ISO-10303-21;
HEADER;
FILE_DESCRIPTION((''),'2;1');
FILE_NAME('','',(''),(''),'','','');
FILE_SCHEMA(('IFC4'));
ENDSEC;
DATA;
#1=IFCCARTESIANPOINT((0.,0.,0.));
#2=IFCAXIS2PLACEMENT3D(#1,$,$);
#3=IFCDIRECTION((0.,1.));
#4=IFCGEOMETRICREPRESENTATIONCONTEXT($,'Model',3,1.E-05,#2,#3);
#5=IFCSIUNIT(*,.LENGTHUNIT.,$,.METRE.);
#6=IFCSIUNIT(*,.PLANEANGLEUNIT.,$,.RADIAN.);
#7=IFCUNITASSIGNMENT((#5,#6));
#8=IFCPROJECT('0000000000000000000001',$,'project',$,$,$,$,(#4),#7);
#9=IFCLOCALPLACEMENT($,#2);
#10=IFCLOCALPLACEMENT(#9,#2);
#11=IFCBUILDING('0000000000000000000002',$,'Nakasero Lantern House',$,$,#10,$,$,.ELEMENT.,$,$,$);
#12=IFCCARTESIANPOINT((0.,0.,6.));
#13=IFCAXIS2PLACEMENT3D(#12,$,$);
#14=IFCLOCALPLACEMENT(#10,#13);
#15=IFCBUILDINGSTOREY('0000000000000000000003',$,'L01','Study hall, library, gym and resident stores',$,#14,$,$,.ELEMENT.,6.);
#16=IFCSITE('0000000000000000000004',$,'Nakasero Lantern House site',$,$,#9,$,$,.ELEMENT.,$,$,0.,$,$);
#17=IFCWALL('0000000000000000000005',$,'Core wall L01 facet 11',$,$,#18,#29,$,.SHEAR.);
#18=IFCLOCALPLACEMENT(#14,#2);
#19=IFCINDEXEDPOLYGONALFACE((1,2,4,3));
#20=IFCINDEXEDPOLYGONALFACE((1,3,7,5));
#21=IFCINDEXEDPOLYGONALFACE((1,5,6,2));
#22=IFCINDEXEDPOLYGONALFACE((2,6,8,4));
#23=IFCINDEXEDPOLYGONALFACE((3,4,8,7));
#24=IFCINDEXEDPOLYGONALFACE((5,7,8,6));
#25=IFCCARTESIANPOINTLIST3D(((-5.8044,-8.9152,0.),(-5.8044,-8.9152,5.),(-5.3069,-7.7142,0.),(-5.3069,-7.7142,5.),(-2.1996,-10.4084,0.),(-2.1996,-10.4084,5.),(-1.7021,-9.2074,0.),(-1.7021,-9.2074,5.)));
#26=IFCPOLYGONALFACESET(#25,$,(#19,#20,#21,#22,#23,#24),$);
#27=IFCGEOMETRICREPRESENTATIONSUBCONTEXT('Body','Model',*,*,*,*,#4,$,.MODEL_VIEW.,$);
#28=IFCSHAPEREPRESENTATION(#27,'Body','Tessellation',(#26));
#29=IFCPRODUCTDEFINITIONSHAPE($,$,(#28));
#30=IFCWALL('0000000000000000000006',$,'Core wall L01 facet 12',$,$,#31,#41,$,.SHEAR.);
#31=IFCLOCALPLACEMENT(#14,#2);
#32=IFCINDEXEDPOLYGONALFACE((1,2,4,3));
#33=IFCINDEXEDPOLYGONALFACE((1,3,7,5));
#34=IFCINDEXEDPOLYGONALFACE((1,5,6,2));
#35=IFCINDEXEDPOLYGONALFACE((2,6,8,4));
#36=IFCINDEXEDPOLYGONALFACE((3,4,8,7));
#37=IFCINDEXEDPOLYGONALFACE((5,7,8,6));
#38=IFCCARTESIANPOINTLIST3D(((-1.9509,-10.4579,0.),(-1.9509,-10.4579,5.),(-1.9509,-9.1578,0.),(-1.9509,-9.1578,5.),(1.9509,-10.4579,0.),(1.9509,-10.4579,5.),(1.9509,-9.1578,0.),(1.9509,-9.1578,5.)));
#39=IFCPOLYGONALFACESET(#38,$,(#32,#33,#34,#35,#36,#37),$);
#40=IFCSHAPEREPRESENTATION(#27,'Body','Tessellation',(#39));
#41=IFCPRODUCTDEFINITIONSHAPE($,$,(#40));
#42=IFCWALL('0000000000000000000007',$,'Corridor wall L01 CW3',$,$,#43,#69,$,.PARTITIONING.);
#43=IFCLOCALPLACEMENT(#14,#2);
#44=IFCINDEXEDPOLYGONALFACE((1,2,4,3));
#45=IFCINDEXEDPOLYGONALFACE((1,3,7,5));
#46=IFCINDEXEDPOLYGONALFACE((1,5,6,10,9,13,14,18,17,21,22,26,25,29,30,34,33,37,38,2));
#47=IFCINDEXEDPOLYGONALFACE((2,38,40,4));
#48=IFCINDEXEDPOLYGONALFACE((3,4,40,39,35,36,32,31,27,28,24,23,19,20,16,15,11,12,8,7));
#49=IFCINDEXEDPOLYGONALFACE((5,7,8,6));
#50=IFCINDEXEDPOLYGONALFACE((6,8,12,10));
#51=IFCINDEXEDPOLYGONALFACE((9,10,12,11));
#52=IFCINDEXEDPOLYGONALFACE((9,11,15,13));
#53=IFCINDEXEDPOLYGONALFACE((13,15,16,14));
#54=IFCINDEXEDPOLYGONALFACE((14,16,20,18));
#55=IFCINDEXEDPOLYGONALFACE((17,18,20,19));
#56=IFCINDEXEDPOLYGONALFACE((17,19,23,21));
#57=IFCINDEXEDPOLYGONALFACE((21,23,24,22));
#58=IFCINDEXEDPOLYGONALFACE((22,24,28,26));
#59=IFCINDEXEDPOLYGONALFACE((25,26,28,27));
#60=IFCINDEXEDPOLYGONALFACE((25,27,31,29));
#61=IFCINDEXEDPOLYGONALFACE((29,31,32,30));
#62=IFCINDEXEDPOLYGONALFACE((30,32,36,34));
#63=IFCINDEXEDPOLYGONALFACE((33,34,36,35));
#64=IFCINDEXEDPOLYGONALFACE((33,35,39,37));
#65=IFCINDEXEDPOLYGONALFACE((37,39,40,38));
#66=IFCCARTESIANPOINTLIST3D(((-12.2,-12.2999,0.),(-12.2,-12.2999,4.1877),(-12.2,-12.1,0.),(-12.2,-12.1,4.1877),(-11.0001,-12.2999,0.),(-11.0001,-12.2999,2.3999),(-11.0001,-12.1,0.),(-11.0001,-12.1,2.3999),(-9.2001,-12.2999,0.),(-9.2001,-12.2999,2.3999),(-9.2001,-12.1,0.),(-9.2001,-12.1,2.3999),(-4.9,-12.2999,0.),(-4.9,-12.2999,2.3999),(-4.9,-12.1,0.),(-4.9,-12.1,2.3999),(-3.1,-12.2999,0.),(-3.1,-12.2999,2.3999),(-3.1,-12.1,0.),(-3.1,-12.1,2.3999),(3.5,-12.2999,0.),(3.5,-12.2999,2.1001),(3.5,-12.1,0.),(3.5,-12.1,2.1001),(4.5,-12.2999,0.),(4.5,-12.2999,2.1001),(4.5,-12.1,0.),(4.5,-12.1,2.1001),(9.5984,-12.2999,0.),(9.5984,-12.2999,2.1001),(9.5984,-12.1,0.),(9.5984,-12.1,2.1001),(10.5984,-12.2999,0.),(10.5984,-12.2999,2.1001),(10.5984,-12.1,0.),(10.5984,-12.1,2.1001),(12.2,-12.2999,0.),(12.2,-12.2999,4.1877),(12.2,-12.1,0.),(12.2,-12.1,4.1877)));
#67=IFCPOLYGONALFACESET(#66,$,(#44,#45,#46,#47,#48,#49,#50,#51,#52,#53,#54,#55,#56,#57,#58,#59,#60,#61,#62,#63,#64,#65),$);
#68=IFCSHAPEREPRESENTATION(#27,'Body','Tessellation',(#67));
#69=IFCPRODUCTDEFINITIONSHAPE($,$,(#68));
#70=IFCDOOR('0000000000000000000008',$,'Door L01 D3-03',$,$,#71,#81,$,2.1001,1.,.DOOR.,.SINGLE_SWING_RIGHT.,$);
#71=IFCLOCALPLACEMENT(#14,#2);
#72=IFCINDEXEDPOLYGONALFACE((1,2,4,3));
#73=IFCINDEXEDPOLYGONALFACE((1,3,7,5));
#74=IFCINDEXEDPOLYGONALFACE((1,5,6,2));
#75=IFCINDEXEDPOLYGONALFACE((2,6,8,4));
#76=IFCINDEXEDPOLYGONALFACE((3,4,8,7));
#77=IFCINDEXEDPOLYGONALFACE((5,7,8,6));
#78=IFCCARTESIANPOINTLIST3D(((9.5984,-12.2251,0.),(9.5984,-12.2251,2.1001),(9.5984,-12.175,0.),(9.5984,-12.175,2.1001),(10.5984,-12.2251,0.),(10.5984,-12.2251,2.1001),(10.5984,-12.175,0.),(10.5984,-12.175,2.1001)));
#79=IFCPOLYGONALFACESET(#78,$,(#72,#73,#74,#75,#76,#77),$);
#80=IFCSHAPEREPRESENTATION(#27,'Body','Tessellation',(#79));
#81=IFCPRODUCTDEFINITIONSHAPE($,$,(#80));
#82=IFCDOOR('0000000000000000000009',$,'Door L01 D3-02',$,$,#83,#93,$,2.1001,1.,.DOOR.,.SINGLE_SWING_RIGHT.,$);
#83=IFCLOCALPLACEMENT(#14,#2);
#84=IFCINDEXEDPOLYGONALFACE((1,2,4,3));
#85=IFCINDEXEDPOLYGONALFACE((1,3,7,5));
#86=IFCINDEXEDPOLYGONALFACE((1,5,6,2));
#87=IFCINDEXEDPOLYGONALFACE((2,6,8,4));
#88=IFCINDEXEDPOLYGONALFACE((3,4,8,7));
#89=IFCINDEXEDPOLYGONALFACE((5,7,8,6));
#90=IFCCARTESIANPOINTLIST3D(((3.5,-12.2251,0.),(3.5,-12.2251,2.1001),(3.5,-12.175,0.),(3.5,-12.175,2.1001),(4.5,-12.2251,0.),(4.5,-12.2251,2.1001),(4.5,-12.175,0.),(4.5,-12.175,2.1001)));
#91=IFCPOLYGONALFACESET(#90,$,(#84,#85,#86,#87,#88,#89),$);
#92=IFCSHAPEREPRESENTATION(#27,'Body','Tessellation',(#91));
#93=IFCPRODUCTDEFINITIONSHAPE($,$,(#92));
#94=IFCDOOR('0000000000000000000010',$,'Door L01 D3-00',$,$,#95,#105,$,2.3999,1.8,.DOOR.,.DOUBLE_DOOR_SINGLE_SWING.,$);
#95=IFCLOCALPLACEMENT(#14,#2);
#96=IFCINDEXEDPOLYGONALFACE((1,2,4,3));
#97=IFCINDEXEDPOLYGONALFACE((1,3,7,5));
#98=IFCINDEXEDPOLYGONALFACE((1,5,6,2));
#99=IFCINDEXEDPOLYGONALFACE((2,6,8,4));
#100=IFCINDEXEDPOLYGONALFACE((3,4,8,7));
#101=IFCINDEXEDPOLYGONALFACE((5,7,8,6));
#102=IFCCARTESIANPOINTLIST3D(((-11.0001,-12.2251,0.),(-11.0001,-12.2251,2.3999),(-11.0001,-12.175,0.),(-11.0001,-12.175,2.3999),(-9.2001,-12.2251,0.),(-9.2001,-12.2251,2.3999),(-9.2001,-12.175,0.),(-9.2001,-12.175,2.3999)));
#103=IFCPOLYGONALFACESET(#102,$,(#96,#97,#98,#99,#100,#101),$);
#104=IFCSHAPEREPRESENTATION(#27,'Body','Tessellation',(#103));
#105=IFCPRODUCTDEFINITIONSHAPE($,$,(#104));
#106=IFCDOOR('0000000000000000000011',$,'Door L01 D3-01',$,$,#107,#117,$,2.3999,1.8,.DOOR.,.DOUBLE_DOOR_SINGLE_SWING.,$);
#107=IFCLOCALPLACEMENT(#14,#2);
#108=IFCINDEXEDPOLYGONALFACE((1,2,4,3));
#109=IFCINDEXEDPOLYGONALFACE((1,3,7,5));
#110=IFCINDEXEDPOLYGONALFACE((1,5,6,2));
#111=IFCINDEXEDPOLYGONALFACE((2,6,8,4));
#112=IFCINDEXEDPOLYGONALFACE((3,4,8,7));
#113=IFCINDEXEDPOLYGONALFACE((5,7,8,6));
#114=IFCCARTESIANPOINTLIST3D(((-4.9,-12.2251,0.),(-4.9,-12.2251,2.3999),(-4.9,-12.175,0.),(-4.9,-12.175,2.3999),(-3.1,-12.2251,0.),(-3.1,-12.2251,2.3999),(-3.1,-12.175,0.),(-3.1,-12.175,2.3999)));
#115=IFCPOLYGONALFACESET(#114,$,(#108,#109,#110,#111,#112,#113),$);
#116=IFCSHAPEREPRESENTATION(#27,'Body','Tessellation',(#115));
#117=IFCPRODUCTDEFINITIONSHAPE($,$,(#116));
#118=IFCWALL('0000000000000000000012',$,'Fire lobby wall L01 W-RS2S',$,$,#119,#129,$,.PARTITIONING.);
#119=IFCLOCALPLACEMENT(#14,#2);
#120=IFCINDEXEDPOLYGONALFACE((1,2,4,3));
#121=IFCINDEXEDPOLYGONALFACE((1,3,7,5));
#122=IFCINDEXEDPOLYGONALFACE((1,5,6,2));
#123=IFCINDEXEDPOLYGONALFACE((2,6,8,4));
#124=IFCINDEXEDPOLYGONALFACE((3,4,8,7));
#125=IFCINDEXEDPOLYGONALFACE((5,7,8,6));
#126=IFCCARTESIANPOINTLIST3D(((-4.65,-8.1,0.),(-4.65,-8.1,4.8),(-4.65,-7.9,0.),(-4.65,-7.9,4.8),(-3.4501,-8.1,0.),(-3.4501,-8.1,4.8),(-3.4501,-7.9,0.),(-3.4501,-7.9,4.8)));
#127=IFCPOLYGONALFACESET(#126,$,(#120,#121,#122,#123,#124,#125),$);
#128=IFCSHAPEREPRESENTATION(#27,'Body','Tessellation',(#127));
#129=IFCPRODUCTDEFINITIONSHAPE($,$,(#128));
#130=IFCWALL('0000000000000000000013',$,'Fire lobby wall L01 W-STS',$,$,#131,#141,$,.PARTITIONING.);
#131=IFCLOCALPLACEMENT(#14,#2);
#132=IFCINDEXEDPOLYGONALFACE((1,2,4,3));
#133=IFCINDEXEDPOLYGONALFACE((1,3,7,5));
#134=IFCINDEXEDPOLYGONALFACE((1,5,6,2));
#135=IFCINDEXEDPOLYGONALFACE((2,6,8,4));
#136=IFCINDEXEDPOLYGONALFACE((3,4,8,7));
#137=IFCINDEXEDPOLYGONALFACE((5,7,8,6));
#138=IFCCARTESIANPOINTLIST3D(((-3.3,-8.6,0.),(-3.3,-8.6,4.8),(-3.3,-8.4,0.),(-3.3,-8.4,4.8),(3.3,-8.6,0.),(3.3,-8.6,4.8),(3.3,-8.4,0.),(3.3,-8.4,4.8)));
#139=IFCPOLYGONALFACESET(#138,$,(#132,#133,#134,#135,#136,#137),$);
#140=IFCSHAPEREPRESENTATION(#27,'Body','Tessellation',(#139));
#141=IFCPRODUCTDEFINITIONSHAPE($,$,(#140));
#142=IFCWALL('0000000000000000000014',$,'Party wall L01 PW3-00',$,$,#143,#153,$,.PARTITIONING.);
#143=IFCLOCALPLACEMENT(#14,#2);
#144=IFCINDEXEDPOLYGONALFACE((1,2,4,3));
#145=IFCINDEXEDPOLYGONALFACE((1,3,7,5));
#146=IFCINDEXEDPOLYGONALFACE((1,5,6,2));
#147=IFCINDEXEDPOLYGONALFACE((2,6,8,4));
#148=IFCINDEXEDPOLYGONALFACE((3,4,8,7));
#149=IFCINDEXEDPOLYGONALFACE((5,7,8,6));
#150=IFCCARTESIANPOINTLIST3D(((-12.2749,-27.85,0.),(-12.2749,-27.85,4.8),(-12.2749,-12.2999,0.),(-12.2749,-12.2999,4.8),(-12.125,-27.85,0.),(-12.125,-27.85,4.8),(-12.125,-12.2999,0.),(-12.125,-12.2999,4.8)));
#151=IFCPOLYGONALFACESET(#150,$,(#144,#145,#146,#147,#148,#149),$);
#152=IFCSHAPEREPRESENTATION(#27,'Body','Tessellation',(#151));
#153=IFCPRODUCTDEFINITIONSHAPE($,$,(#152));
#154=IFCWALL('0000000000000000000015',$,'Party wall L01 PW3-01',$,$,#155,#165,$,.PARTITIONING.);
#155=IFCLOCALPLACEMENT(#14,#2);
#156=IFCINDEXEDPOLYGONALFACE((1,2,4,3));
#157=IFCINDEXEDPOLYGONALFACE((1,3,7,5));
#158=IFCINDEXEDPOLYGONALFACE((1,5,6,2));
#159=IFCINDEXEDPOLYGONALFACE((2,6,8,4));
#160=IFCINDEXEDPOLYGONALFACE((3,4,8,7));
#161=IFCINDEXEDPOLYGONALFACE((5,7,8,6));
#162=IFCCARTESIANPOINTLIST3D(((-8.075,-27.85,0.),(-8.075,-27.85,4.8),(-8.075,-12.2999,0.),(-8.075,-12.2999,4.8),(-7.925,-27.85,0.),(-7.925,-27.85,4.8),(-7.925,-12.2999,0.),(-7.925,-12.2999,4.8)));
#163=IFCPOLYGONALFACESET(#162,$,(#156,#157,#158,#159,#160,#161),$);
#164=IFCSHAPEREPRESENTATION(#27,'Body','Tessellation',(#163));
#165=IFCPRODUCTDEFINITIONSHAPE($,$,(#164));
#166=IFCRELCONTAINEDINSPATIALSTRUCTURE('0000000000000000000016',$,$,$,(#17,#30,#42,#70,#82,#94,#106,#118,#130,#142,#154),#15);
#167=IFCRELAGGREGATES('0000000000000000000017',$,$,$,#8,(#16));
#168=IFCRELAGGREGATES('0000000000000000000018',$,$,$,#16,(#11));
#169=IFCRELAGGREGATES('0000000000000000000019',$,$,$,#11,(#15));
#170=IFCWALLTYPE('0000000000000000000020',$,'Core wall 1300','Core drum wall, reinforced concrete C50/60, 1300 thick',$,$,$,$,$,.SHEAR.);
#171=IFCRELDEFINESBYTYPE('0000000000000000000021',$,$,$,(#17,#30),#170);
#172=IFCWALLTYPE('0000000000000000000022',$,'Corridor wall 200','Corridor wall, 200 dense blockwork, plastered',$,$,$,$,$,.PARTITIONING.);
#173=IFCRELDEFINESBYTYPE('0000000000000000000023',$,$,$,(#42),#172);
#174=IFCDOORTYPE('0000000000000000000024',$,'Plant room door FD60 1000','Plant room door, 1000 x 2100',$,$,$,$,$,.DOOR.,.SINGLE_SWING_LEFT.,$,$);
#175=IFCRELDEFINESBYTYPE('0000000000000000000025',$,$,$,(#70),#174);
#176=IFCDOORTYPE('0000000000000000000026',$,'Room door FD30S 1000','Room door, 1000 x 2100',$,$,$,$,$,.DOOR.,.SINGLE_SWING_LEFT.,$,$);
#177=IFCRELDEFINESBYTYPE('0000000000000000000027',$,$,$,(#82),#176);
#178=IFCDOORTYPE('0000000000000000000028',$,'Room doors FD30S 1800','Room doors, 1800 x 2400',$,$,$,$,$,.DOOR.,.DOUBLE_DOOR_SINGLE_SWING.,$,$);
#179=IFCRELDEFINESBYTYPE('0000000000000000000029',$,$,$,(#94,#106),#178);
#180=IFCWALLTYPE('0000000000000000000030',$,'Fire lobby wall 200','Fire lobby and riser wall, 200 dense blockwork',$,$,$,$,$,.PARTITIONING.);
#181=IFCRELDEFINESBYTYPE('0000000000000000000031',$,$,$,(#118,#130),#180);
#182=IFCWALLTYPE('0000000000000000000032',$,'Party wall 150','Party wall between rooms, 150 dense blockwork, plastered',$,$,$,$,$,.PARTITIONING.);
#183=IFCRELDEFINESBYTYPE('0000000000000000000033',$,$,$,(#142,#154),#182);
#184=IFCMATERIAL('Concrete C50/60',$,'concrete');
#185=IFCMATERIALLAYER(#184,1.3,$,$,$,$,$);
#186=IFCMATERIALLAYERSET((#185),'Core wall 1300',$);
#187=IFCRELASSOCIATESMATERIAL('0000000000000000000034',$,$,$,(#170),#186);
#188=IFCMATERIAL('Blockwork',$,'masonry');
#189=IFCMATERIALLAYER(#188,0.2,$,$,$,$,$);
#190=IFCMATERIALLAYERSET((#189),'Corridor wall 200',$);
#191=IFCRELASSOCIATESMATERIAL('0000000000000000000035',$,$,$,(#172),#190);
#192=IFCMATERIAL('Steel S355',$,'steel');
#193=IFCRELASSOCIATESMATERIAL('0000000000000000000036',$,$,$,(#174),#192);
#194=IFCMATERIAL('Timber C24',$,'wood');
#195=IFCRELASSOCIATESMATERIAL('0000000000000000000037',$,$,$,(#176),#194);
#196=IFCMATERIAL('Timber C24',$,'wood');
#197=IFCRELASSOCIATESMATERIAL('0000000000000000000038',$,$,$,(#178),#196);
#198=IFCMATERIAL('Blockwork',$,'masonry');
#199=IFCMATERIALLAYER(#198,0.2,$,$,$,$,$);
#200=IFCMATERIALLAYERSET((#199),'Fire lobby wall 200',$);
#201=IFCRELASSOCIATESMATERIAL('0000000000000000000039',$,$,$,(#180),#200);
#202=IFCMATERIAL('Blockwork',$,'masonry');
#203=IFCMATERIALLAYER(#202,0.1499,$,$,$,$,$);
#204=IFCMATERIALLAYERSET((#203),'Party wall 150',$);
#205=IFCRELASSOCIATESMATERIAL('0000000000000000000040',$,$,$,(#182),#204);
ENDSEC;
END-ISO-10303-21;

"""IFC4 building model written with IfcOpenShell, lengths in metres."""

from ifc_helpers import new_model, si_unit, direction, frame, frame_2d, origin, place, context, subcontext, project, spatial, rectangle, extrude, material, layer, layer_set, type_object, element, fill, save


model = new_model("IFC4")

# Units and contexts
model_context = context("Model", 3, precision=1e-05, world=origin(), true_north=direction((0.0, 1.0)))
body_context = subcontext(model_context, "Body", "Model", "MODEL_VIEW")
ifc_project = project(units=[si_unit("LENGTHUNIT", "METRE"), si_unit("PLANEANGLEUNIT", "RADIAN")], contexts=[model_context])

# Site, building, storey
site_placement = place(None, origin())
site = spatial("IfcSite", under=ifc_project, at=site_placement, Name="Nakasero Lantern House site", CompositionType="ELEMENT", RefElevation=0.0)
building_placement = place(site_placement, origin())
building = spatial("IfcBuilding", under=site, at=building_placement, Name="Nakasero Lantern House", CompositionType="ELEMENT")
storey_placement = place(building_placement, frame((0.0, 0.0, 6.0)))
storey = spatial("IfcBuildingStorey", under=building, at=storey_placement, Name="L01", Description="Study hall, library, gym and resident stores", CompositionType="ELEMENT", Elevation=6.0)

# Walls
ifc_material_1 = material(Name="Concrete C50/60", Category="concrete")
ifc_layer_1 = layer(ifc_material_1, 1.3)
ifc_layer_set_1 = layer_set([ifc_layer_1], Name="Core wall 1300")
wall_type_1 = type_object("IfcWallType", Name="Core wall 1300", Description="Core drum wall, reinforced concrete C50/60, 1300 thick", PredefinedType="SHEAR", material=ifc_layer_set_1)
for number, where, z_axis, x_axis, name in (
    (1, (-5.5557, -8.3147, 0.0), (0.0, 0.0, 1.0), (0.923877, -0.382691, 0.0), "Core wall L01 facet 11"),
    (2, (-1.9509, -9.8079, 0.0), (0.0, 0.0, 1.0), (1.0, 0.0, 0.0), "Core wall L01 facet 12"),
):
    element("IfcWall", number, at=place(storey_placement, frame(where, z_axis=z_axis, x_axis=x_axis)), inside=storey, type_object=wall_type_1, Name=name, PredefinedType="SHEAR", context=body_context, shape_type="SweptSolid", body=[
        extrude(rectangle(XDim=3.9019, YDim=1.3, at=frame_2d((1.9509, 0.0))), origin(), (0.0, 0.0, 1.0), 5.0),
    ])

# Wall, openings, doors
ifc_material_2 = material(Name="Blockwork", Category="masonry")
ifc_layer_2 = layer(ifc_material_2, 0.2)
ifc_layer_set_2 = layer_set([ifc_layer_2], Name="Corridor wall 200")
wall_type_2 = type_object("IfcWallType", Name="Corridor wall 200", Description="Corridor wall, 200 dense blockwork, plastered", PredefinedType="PARTITIONING", material=ifc_layer_set_2)
wall_1_placement = place(storey_placement, frame((-12.2, -12.2, 0.0), z_axis=(0.0, 0.0, 1.0), x_axis=(1.0, 0.0, 0.0)))
wall_1 = element("IfcWall", 3, at=wall_1_placement, inside=storey, type_object=wall_type_2, Name="Corridor wall L01 CW3", PredefinedType="PARTITIONING", context=body_context, shape_type="SweptSolid", body=[
    extrude(rectangle(XDim=24.3999, YDim=0.2, at=frame_2d((12.2, 0.0))), origin(), (0.0, 0.0, 1.0), 4.1877),
])
opening_1_placement = place(wall_1_placement, frame((1.2, 0.0, 0.0)))
opening_1 = element("IfcOpeningElement", 4, at=opening_1_placement, cuts=wall_1, PredefinedType="OPENING", context=body_context, shape_type="SweptSolid", body=[
    extrude(rectangle(XDim=1.8, YDim=2.3999, at=frame_2d((0.8999, 1.2))), frame((0.0, 0.1199, 0.0), z_axis=(0.0, -1.0, 0.0), x_axis=(1.0, 0.0, 0.0)), (0.0, 0.0, 1.0), 0.24),
])
opening_2_placement = place(wall_1_placement, frame((7.3, 0.0, 0.0)))
opening_2 = element("IfcOpeningElement", 5, at=opening_2_placement, cuts=wall_1, PredefinedType="OPENING", context=body_context, shape_type="SweptSolid", body=[
    extrude(rectangle(XDim=1.8, YDim=2.3999, at=frame_2d((0.8999, 1.2))), frame((0.0, 0.1199, 0.0), z_axis=(0.0, -1.0, 0.0), x_axis=(1.0, 0.0, 0.0)), (0.0, 0.0, 1.0), 0.24),
])
opening_3_placement = place(wall_1_placement, frame((15.7, 0.0, 0.0)))
opening_3 = element("IfcOpeningElement", 6, at=opening_3_placement, cuts=wall_1, PredefinedType="OPENING", context=body_context, shape_type="SweptSolid", body=[
    extrude(rectangle(XDim=1.0, YDim=2.1001, at=frame_2d((0.5, 1.05))), frame((0.0, 0.1199, 0.0), z_axis=(0.0, -1.0, 0.0), x_axis=(1.0, 0.0, 0.0)), (0.0, 0.0, 1.0), 0.24),
])
opening_4_placement = place(wall_1_placement, frame((21.7983, 0.0, 0.0)))
opening_4 = element("IfcOpeningElement", 7, at=opening_4_placement, cuts=wall_1, PredefinedType="OPENING", context=body_context, shape_type="SweptSolid", body=[
    extrude(rectangle(XDim=1.0, YDim=2.1001, at=frame_2d((0.5, 1.05))), frame((0.0, 0.1199, 0.0), z_axis=(0.0, -1.0, 0.0), x_axis=(1.0, 0.0, 0.0)), (0.0, 0.0, 1.0), 0.24),
])
ifc_material_3 = material(Name="Steel S355", Category="steel")
door_type_1 = type_object("IfcDoorType", Name="Plant room door FD60 1000", Description="Plant room door, 1000 x 2100", OperationType="SINGLE_SWING_LEFT", PredefinedType="DOOR", material=ifc_material_3)
door_1_placement = place(opening_4_placement, origin())
door_1 = element("IfcDoor", 8, at=door_1_placement, inside=storey, type_object=door_type_1, Name="Door L01 D3-03", OperationType="SINGLE_SWING_RIGHT", OverallHeight=2.1001, OverallWidth=1.0, PredefinedType="DOOR", context=body_context, shape_type="SweptSolid", body=[
    extrude(rectangle(XDim=1.0, YDim=2.1001, at=frame_2d((0.5, 1.05))), frame((0.0, 0.0249, 0.0), z_axis=(0.0, -1.0, 0.0), x_axis=(1.0, 0.0, 0.0)), (0.0, 0.0, 1.0), 0.05),
])
fill(opening_4, door_1)
ifc_material_4 = material(Name="Timber C24", Category="wood")
door_type_2 = type_object("IfcDoorType", Name="Room door FD30S 1000", Description="Room door, 1000 x 2100", OperationType="SINGLE_SWING_LEFT", PredefinedType="DOOR", material=ifc_material_4)
door_2_placement = place(opening_3_placement, origin())
door_2 = element("IfcDoor", 9, at=door_2_placement, inside=storey, type_object=door_type_2, Name="Door L01 D3-02", OperationType="SINGLE_SWING_RIGHT", OverallHeight=2.1001, OverallWidth=1.0, PredefinedType="DOOR", context=body_context, shape_type="SweptSolid", body=[
    extrude(rectangle(XDim=1.0, YDim=2.1001, at=frame_2d((0.5, 1.05))), frame((0.0, 0.0249, 0.0), z_axis=(0.0, -1.0, 0.0), x_axis=(1.0, 0.0, 0.0)), (0.0, 0.0, 1.0), 0.05),
])
fill(opening_3, door_2)
ifc_material_5 = material(Name="Timber C24", Category="wood")
door_type_3 = type_object("IfcDoorType", Name="Room doors FD30S 1800", Description="Room doors, 1800 x 2400", OperationType="DOUBLE_DOOR_SINGLE_SWING", PredefinedType="DOOR", material=ifc_material_5)
door_3_placement = place(opening_1_placement, origin())
door_3 = element("IfcDoor", 10, at=door_3_placement, inside=storey, type_object=door_type_3, Name="Door L01 D3-00", OperationType="DOUBLE_DOOR_SINGLE_SWING", OverallHeight=2.3999, OverallWidth=1.8, PredefinedType="DOOR", context=body_context, shape_type="SweptSolid", body=[
    extrude(rectangle(XDim=1.8, YDim=2.3999, at=frame_2d((0.8999, 1.2))), frame((0.0, 0.0249, 0.0), z_axis=(0.0, -1.0, 0.0), x_axis=(1.0, 0.0, 0.0)), (0.0, 0.0, 1.0), 0.05),
])
fill(opening_1, door_3)
door_4_placement = place(opening_2_placement, origin())
door_4 = element("IfcDoor", 11, at=door_4_placement, inside=storey, type_object=door_type_3, Name="Door L01 D3-01", OperationType="DOUBLE_DOOR_SINGLE_SWING", OverallHeight=2.3999, OverallWidth=1.8, PredefinedType="DOOR", context=body_context, shape_type="SweptSolid", body=[
    extrude(rectangle(XDim=1.8, YDim=2.3999, at=frame_2d((0.8999, 1.2))), frame((0.0, 0.0249, 0.0), z_axis=(0.0, -1.0, 0.0), x_axis=(1.0, 0.0, 0.0)), (0.0, 0.0, 1.0), 0.05),
])
fill(opening_2, door_4)

# Walls
ifc_material_6 = material(Name="Blockwork", Category="masonry")
ifc_layer_3 = layer(ifc_material_6, 0.2)
ifc_layer_set_3 = layer_set([ifc_layer_3], Name="Fire lobby wall 200")
wall_type_3 = type_object("IfcWallType", Name="Fire lobby wall 200", Description="Fire lobby and riser wall, 200 dense blockwork", PredefinedType="PARTITIONING", material=ifc_layer_set_3)
wall_2_placement = place(storey_placement, frame((-3.45, -8.0, 0.0), z_axis=(0.0, 0.0, 1.0), x_axis=(-1.0, 0.0, 0.0)))
element("IfcWall", 12, at=wall_2_placement, inside=storey, type_object=wall_type_3, Name="Fire lobby wall L01 W-RS2S", PredefinedType="PARTITIONING", context=body_context, shape_type="SweptSolid", body=[
    extrude(rectangle(XDim=1.2, YDim=0.2, at=frame_2d((0.6001, 0.0))), origin(), (0.0, 0.0, 1.0), 4.8),
])
wall_3_placement = place(storey_placement, frame((-3.3, -8.5, 0.0), z_axis=(0.0, 0.0, 1.0), x_axis=(1.0, 0.0, 0.0)))
element("IfcWall", 13, at=wall_3_placement, inside=storey, type_object=wall_type_3, Name="Fire lobby wall L01 W-STS", PredefinedType="PARTITIONING", context=body_context, shape_type="SweptSolid", body=[
    extrude(rectangle(XDim=6.6001, YDim=0.2, at=frame_2d((3.3, 0.0))), origin(), (0.0, 0.0, 1.0), 4.8),
])
ifc_material_7 = material(Name="Blockwork", Category="masonry")
ifc_layer_4 = layer(ifc_material_7, 0.1499)
ifc_layer_set_4 = layer_set([ifc_layer_4], Name="Party wall 150")
wall_type_4 = type_object("IfcWallType", Name="Party wall 150", Description="Party wall between rooms, 150 dense blockwork, plastered", PredefinedType="PARTITIONING", material=ifc_layer_set_4)
for number, where, z_axis, x_axis, name in (
    (14, (-12.2, -12.3, 0.0), (0.0, 0.0, 1.0), (0.0, -1.0, 0.0), "Party wall L01 PW3-00"),
    (15, (-8.0, -12.3, 0.0), (0.0, 0.0, 1.0), (0.0, -1.0, 0.0), "Party wall L01 PW3-01"),
):
    element("IfcWall", number, at=place(storey_placement, frame(where, z_axis=z_axis, x_axis=x_axis)), inside=storey, type_object=wall_type_4, Name=name, PredefinedType="PARTITIONING", context=body_context, shape_type="SweptSolid", body=[
        extrude(rectangle(XDim=15.55, YDim=0.1499, at=frame_2d((7.7749, 0.0))), origin(), (0.0, 0.0, 1.0), 4.8),
    ])

save(model, "model.ifc")
